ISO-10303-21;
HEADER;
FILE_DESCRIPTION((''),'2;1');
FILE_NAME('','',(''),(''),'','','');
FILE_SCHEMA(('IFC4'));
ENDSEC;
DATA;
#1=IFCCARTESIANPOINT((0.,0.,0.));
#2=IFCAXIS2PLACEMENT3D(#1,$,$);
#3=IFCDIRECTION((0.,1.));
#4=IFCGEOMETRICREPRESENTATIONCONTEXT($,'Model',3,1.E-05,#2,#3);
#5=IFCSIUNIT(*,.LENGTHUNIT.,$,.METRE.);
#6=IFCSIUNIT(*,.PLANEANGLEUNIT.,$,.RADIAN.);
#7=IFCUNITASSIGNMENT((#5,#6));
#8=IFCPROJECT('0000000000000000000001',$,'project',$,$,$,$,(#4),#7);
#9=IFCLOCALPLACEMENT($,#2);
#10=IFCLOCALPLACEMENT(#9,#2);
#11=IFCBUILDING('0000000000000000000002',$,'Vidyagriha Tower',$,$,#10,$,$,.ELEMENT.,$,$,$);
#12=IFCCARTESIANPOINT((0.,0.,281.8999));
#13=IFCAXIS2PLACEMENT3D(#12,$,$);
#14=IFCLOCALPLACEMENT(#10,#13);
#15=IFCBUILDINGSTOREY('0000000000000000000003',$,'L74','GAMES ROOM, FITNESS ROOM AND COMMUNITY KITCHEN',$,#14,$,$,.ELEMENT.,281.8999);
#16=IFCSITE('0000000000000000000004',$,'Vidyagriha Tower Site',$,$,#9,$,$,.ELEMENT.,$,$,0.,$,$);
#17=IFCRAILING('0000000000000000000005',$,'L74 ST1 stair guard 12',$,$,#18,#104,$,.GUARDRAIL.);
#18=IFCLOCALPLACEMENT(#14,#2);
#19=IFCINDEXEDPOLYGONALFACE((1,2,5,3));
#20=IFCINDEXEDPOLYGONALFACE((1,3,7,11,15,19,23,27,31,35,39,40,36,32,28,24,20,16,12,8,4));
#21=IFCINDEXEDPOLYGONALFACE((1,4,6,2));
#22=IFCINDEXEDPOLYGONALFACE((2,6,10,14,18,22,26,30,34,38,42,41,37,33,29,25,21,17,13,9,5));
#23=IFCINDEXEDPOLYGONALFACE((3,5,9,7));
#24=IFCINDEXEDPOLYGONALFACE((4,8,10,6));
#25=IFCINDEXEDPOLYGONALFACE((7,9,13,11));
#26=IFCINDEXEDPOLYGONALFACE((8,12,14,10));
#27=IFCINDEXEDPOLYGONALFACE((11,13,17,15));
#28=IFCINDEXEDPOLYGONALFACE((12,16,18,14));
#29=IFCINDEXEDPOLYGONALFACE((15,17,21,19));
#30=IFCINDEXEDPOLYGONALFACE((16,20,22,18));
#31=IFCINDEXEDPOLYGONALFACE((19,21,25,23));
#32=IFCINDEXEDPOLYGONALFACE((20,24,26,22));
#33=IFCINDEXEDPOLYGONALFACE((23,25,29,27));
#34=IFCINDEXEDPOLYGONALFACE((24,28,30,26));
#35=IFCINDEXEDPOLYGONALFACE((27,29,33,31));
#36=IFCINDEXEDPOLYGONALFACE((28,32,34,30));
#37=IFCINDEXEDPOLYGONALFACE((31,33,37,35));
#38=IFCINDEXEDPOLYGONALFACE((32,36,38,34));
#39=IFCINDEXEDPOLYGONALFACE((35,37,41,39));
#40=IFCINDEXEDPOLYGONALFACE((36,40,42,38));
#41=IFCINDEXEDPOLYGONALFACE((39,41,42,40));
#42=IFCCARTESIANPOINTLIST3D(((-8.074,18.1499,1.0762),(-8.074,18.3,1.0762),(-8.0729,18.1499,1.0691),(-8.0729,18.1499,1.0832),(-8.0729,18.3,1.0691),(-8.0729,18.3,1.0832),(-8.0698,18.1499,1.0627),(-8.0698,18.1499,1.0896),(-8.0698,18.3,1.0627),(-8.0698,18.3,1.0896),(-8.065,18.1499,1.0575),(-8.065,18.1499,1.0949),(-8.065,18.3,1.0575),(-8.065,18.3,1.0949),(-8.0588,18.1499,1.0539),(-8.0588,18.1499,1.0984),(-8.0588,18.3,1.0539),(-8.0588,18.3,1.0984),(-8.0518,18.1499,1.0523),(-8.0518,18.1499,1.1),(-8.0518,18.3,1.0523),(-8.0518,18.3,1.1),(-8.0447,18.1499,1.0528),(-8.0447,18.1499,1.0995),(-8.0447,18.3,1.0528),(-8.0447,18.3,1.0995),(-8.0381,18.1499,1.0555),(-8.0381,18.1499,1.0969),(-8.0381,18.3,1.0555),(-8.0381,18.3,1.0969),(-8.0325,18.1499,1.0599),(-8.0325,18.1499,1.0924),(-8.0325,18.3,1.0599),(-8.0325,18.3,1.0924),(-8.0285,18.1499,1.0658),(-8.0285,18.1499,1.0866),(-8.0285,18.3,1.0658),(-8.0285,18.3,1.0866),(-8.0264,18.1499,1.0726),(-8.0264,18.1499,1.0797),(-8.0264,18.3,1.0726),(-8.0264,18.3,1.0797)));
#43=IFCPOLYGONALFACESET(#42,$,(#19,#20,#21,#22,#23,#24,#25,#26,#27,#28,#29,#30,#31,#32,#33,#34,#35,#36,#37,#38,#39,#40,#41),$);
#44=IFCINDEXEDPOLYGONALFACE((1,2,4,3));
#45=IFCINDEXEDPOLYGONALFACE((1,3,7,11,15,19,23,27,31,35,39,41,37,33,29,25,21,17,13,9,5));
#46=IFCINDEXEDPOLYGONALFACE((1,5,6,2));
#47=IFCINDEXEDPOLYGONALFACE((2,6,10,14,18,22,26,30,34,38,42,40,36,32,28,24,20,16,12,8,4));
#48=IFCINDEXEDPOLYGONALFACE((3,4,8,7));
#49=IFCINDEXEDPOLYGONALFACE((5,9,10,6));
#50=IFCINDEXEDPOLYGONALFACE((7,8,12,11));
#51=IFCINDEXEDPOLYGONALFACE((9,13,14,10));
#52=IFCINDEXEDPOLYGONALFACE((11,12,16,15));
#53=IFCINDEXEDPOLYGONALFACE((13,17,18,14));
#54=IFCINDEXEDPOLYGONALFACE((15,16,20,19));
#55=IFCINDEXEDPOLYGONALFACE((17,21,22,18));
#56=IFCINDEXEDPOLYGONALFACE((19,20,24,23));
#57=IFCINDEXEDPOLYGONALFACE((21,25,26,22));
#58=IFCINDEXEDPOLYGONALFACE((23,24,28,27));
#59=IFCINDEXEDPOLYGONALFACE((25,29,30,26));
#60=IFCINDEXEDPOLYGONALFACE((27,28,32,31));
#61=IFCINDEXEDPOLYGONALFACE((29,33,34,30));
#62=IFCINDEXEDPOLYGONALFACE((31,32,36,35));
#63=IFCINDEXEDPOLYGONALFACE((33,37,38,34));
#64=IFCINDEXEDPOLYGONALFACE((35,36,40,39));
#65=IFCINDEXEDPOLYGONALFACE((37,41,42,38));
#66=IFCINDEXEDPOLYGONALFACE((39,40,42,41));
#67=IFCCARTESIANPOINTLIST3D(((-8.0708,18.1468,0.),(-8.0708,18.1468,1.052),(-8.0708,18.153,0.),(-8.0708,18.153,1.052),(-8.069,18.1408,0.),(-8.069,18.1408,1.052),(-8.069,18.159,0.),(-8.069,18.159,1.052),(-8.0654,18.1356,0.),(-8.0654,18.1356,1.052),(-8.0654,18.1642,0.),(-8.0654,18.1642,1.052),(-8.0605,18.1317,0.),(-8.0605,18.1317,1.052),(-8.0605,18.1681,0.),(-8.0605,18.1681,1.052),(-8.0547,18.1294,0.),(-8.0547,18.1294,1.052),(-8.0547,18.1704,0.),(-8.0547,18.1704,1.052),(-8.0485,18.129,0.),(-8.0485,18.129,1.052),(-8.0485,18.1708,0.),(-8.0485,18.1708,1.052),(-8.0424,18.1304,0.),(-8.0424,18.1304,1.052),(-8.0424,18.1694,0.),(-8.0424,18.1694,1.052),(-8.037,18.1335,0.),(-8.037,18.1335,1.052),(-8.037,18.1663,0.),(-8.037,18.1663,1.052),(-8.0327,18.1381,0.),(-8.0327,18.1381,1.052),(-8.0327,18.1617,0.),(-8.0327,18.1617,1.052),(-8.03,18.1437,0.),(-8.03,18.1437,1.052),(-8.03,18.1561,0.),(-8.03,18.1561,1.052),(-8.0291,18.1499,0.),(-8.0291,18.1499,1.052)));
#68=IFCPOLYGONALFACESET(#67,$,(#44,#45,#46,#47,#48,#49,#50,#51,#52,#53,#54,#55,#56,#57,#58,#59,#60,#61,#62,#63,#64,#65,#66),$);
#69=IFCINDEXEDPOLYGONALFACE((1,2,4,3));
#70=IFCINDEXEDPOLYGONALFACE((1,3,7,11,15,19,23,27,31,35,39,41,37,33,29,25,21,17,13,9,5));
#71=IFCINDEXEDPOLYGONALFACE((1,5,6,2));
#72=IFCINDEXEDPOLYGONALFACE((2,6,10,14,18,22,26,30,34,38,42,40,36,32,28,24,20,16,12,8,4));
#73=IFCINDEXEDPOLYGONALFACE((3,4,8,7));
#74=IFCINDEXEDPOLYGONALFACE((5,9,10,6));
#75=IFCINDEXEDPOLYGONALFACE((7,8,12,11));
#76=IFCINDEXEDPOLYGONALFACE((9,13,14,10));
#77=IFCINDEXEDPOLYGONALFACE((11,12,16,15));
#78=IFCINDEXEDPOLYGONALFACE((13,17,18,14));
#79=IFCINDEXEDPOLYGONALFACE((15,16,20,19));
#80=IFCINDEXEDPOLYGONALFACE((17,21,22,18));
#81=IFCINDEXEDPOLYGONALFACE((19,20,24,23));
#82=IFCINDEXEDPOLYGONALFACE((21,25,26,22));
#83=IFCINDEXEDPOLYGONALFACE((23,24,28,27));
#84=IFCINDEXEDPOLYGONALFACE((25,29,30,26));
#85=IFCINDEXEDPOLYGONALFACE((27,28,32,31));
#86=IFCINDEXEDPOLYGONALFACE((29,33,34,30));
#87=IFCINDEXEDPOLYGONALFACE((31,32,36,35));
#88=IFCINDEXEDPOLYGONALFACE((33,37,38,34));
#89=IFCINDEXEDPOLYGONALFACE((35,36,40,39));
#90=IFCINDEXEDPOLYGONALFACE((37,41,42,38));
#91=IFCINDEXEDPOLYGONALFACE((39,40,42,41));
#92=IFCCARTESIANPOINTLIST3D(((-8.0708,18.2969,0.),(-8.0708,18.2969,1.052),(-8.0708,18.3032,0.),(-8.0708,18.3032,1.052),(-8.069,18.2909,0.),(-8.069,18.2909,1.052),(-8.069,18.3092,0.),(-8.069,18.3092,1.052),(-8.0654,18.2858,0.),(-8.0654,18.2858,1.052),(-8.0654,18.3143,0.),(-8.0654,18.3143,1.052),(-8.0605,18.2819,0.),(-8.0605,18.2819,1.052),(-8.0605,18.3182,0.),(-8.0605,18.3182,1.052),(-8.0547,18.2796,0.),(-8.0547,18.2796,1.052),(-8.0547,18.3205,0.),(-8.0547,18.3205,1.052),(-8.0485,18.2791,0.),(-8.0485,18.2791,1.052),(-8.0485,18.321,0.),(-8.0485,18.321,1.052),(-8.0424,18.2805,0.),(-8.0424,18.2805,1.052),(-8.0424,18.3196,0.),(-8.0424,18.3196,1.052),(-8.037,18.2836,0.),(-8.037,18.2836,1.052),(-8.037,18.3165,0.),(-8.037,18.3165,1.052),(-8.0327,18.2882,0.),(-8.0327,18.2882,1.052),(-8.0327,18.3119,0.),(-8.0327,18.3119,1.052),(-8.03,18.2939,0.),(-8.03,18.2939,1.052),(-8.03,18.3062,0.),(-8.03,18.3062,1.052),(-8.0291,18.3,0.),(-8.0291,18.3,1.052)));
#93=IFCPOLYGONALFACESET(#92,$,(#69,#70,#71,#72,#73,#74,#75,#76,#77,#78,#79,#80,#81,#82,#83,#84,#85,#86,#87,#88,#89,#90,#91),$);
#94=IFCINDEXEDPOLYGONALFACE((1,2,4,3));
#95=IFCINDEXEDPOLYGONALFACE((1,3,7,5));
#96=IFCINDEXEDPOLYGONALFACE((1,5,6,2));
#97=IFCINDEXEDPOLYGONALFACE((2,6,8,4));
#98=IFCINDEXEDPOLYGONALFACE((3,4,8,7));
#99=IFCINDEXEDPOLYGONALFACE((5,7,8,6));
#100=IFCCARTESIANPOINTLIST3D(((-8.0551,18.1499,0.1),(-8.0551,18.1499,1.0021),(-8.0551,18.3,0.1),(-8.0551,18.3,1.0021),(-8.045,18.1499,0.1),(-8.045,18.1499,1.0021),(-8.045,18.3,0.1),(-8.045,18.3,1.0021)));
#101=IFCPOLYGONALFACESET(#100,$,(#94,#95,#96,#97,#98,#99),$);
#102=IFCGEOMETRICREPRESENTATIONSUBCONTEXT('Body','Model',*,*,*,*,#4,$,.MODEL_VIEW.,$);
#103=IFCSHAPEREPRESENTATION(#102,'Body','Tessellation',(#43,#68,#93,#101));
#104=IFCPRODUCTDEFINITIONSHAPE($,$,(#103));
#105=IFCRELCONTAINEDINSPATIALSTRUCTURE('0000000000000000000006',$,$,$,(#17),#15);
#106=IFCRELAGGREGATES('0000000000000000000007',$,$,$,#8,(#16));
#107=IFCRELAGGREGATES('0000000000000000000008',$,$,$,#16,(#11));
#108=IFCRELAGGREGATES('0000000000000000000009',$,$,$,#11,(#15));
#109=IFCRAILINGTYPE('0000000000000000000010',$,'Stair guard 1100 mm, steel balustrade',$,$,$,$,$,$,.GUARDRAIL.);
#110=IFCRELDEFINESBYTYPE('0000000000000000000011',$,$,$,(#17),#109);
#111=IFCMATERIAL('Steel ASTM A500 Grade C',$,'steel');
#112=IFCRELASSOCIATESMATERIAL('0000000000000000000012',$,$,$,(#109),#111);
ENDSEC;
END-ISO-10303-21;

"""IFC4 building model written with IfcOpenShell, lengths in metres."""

from ifc_helpers import new_model, si_unit, direction, frame, origin, origin_2d, place, context, subcontext, project, spatial, rectangle, circle, extrude, material, type_object, element, save


model = new_model("IFC4")

# Units and contexts
model_context = context("Model", 3, precision=1e-05, world=origin(), true_north=direction((0.0, 1.0)))
body_context = subcontext(model_context, "Body", "Model", "MODEL_VIEW")
ifc_project = project(units=[si_unit("LENGTHUNIT", "METRE"), si_unit("PLANEANGLEUNIT", "RADIAN")], contexts=[model_context])

# Site, building, storey
site_placement = place(None, origin())
site = spatial("IfcSite", under=ifc_project, at=site_placement, Name="Vidyagriha Tower Site", CompositionType="ELEMENT", RefElevation=0.0)
building_placement = place(site_placement, origin())
building = spatial("IfcBuilding", under=site, at=building_placement, Name="Vidyagriha Tower", CompositionType="ELEMENT")
storey_placement = place(building_placement, frame((0.0, 0.0, 281.8999)))
storey = spatial("IfcBuildingStorey", under=building, at=storey_placement, Name="L74", Description="GAMES ROOM, FITNESS ROOM AND COMMUNITY KITCHEN", CompositionType="ELEMENT", Elevation=281.8999)

# Railing
ifc_material_1 = material(Name="Steel ASTM A500 Grade C", Category="steel")
railing_type_1 = type_object("IfcRailingType", Name="Stair guard 1100 mm, steel balustrade", PredefinedType="GUARDRAIL", material=ifc_material_1)
railing_1_placement = place(storey_placement, frame((-8.05, 18.1499, 0.0)))
element("IfcRailing", 1, at=railing_1_placement, inside=storey, type_object=railing_type_1, Name="L74 ST1 stair guard 12", PredefinedType="GUARDRAIL", context=body_context, shape_type="SweptSolid", body=[
    extrude(circle(Radius=0.0239, at=origin_2d()), frame((0.0, 0.0, 1.0762), z_axis=(0.0, 1.0, 0.0), x_axis=(-1.0, 0.0, 0.0)), (0.0, 0.0, 1.0), 0.1501),
    extrude(circle(Radius=0.021, at=origin_2d()), origin(), (0.0, 0.0, 1.0), 1.052),
    extrude(circle(Radius=0.021, at=origin_2d()), frame((0.0, 0.1501, 0.0)), (0.0, 0.0, 1.0), 1.052),
    extrude(rectangle(XDim=0.01, YDim=0.9021, at=origin_2d()), frame((0.0, 0.0, 0.551), z_axis=(0.0, 1.0, 0.0), x_axis=(-1.0, 0.0, 0.0)), (0.0, 0.0, 1.0), 0.1501),
])

save(model, "model.ifc")
